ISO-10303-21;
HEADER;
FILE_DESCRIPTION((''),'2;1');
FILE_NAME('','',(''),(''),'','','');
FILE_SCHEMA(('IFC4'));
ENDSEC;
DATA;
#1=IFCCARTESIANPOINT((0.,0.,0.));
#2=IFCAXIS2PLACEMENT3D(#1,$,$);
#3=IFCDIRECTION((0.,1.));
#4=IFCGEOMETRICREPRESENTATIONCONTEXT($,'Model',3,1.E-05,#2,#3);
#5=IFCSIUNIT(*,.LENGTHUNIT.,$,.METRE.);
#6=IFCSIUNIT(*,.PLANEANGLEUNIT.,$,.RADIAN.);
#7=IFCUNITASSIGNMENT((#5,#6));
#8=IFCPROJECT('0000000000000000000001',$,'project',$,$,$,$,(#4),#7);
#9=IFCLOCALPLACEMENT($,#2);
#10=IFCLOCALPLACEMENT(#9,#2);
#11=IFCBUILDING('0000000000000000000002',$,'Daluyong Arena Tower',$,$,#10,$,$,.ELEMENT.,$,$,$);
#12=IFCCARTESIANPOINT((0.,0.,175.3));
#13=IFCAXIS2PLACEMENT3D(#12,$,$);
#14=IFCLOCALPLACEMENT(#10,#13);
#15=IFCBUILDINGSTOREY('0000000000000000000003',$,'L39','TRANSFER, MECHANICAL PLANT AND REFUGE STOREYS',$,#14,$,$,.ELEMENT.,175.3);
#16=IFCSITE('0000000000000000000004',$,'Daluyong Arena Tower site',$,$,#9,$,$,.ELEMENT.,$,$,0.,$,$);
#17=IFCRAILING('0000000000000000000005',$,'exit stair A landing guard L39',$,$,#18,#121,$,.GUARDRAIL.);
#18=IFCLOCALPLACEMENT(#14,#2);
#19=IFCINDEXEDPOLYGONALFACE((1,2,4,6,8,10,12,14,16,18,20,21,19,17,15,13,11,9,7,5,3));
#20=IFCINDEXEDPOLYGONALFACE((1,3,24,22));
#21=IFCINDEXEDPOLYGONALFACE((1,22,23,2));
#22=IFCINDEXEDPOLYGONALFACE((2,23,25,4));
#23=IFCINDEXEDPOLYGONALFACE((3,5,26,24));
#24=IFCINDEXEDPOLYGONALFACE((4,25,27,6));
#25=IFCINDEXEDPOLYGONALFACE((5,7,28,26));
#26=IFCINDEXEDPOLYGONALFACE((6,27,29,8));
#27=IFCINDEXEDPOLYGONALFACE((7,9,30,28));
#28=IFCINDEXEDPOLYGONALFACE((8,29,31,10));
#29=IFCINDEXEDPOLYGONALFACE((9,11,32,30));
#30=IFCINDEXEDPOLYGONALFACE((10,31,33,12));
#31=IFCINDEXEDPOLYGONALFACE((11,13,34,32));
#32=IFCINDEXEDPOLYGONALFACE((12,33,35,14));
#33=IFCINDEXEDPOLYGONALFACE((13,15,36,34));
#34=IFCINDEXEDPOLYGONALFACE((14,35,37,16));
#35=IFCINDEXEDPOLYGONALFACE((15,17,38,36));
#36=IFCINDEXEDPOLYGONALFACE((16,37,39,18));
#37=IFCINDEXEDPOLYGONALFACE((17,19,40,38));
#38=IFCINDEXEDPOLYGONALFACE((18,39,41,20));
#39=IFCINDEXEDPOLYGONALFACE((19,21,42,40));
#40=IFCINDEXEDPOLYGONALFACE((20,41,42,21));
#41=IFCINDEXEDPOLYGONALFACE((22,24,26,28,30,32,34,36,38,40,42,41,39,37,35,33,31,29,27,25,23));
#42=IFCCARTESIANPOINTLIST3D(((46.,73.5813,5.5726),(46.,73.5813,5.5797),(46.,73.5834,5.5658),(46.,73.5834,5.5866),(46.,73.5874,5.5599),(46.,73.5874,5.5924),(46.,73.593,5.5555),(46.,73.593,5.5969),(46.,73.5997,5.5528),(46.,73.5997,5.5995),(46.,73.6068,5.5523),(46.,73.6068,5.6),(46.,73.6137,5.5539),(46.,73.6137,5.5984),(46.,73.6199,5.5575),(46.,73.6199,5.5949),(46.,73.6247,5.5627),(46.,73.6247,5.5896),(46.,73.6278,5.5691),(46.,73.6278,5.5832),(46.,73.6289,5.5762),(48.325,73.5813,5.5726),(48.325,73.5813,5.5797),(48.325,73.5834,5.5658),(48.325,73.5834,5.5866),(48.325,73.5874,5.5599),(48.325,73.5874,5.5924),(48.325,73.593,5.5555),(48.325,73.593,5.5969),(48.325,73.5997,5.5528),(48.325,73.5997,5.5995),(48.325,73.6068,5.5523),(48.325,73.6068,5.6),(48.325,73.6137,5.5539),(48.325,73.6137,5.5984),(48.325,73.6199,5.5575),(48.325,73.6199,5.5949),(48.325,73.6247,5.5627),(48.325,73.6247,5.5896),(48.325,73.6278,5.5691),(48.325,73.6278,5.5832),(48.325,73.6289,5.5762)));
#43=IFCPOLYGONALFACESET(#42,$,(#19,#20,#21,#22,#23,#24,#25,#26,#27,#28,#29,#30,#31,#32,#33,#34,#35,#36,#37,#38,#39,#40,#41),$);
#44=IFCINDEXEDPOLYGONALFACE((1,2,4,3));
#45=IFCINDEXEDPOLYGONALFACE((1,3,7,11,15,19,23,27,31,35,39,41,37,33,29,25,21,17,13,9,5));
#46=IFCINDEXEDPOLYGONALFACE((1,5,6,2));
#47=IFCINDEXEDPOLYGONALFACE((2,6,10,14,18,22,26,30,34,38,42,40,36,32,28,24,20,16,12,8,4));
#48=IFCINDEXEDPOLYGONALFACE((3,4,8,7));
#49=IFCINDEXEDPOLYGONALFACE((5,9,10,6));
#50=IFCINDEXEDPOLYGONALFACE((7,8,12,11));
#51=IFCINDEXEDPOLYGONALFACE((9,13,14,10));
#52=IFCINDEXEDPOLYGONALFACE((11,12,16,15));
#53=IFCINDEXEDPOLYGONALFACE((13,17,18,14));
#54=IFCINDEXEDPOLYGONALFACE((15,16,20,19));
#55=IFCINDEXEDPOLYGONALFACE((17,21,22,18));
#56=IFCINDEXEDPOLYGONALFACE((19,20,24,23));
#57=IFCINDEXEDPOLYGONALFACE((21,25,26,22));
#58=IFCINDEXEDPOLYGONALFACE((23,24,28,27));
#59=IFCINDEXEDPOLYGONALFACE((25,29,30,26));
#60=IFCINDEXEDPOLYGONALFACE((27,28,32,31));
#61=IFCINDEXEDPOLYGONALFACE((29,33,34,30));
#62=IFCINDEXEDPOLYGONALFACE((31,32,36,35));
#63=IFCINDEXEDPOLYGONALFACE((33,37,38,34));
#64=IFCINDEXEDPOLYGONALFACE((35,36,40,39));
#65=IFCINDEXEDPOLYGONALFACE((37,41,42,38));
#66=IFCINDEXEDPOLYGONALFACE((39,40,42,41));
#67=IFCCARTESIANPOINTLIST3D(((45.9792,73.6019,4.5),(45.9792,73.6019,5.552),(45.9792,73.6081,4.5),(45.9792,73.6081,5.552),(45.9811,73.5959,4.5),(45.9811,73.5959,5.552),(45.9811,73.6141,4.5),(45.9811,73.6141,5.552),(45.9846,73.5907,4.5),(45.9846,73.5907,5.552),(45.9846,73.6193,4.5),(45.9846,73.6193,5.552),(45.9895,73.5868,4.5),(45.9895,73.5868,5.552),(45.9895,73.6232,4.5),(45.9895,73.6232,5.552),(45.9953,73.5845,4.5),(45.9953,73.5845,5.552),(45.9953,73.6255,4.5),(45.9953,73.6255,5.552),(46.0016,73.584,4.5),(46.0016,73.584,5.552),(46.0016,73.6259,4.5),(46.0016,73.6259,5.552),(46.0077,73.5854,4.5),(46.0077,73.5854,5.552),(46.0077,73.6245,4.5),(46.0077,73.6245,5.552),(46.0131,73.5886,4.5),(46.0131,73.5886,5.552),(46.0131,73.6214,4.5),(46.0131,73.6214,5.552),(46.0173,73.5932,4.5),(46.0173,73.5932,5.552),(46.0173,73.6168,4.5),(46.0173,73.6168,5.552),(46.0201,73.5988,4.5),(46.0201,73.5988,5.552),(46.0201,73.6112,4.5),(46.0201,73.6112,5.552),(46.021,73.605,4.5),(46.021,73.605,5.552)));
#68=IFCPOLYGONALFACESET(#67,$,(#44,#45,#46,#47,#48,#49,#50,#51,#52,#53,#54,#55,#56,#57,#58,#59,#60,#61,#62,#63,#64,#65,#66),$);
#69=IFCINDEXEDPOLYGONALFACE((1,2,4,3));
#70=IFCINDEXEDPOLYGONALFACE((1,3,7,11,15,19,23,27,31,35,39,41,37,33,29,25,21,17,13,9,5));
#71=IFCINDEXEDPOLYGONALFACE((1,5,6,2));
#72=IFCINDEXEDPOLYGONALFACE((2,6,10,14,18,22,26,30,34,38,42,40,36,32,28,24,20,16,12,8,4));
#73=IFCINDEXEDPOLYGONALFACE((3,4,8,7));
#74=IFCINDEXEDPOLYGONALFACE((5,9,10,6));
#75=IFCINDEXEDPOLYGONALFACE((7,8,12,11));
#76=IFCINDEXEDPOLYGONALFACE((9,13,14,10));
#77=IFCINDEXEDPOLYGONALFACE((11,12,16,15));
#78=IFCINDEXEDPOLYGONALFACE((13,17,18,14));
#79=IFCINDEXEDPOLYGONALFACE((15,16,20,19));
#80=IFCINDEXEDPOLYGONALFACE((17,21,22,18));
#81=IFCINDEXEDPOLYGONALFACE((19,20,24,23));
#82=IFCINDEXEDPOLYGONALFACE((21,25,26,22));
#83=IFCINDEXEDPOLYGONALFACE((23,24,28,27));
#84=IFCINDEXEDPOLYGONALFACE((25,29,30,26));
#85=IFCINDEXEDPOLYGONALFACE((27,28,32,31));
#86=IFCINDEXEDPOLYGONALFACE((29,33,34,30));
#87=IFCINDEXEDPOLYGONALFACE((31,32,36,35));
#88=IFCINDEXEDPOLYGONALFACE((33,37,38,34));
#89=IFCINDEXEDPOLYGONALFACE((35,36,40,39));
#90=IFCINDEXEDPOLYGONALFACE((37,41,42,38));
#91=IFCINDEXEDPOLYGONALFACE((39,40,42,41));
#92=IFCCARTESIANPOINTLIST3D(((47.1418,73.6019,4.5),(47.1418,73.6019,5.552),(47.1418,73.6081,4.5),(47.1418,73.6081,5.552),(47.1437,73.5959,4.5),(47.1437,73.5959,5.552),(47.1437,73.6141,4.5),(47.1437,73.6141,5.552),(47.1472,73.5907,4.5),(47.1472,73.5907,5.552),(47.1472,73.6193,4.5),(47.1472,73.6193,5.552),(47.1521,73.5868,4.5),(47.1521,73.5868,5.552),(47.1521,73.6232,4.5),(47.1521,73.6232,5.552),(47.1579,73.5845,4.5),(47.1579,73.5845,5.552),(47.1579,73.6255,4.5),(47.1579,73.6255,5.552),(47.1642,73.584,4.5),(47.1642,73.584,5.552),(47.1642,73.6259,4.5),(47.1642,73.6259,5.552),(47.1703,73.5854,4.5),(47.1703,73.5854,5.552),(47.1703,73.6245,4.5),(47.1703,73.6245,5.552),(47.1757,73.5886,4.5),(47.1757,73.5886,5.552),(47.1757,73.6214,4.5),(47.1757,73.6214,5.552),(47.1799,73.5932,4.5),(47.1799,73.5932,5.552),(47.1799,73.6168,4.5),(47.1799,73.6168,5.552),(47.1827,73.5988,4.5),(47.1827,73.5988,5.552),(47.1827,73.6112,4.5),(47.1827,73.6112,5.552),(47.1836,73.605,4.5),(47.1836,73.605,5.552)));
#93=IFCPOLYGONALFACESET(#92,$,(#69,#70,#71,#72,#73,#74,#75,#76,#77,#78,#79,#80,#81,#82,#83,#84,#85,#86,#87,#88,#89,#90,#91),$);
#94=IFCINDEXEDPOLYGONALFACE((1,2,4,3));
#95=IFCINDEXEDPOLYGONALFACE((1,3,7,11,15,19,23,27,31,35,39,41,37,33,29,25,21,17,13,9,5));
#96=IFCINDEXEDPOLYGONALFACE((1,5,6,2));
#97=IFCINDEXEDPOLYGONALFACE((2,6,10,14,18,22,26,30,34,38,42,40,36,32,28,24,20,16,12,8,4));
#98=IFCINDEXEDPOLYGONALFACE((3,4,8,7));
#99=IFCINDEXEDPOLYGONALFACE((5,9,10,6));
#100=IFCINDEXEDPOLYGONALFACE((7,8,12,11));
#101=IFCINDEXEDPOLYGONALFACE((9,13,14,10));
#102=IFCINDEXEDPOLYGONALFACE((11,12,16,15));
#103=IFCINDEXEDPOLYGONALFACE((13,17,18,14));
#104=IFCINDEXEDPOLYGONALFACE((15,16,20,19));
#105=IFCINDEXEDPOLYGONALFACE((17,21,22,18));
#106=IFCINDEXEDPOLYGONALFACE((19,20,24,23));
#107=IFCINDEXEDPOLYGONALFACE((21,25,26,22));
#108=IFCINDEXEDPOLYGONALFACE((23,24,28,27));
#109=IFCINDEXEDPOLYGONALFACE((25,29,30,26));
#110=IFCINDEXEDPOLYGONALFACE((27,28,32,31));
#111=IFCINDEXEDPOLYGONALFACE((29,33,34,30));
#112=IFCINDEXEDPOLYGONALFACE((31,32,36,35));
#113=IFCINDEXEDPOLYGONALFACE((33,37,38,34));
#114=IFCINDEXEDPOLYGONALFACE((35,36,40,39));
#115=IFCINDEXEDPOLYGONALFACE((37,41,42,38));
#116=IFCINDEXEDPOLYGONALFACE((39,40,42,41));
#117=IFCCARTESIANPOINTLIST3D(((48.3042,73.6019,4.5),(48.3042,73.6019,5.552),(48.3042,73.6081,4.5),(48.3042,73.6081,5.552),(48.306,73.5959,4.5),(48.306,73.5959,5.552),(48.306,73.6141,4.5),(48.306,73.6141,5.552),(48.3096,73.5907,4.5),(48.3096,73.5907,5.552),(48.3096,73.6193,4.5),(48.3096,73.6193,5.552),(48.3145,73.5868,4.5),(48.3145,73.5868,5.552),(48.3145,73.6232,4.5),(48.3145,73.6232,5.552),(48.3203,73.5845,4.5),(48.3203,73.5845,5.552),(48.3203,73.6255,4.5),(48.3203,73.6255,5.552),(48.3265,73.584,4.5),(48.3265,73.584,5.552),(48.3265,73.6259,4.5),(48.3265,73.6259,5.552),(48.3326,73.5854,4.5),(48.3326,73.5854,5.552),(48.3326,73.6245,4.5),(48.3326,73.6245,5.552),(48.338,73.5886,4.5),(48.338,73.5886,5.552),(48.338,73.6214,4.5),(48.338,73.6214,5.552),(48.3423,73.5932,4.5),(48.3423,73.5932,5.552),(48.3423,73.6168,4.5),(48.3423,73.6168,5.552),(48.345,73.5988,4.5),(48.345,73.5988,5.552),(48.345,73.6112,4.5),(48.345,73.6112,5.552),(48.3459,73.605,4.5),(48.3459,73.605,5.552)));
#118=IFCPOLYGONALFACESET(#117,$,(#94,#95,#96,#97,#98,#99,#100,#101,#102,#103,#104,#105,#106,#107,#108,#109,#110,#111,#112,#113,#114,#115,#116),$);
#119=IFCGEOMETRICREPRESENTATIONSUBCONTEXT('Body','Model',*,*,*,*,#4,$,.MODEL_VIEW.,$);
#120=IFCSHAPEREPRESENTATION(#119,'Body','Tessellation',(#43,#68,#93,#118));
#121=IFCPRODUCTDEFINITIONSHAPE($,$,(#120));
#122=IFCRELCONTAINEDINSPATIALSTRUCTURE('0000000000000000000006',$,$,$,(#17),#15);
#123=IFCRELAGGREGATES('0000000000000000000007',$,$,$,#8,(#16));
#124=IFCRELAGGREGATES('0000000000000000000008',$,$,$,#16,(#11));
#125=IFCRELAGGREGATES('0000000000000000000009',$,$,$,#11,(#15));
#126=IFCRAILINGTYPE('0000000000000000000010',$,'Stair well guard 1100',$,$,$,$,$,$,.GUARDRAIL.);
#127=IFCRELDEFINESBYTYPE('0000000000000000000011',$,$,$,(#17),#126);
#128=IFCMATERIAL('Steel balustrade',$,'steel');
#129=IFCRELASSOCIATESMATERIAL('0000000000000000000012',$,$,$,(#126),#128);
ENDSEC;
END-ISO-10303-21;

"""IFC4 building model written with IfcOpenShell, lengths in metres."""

from ifc_helpers import new_model, si_unit, direction, frame, origin, origin_2d, place, context, subcontext, project, spatial, circle, extrude, material, type_object, element, save


model = new_model("IFC4")

# Units and contexts
model_context = context("Model", 3, precision=1e-05, world=origin(), true_north=direction((0.0, 1.0)))
body_context = subcontext(model_context, "Body", "Model", "MODEL_VIEW")
ifc_project = project(units=[si_unit("LENGTHUNIT", "METRE"), si_unit("PLANEANGLEUNIT", "RADIAN")], contexts=[model_context])

# Site, building, storey
site_placement = place(None, origin())
site = spatial("IfcSite", under=ifc_project, at=site_placement, Name="Daluyong Arena Tower site", CompositionType="ELEMENT", RefElevation=0.0)
building_placement = place(site_placement, origin())
building = spatial("IfcBuilding", under=site, at=building_placement, Name="Daluyong Arena Tower", CompositionType="ELEMENT")
storey_placement = place(building_placement, frame((0.0, 0.0, 175.3)))
storey = spatial("IfcBuildingStorey", under=building, at=storey_placement, Name="L39", Description="TRANSFER, MECHANICAL PLANT AND REFUGE STOREYS", CompositionType="ELEMENT", Elevation=175.3)

# Railing
ifc_material_1 = material(Name="Steel balustrade", Category="steel")
railing_type_1 = type_object("IfcRailingType", Name="Stair well guard 1100", PredefinedType="GUARDRAIL", material=ifc_material_1)
for number, where, name in (
    (1, (46.0, 73.605, 4.5), "exit stair A landing guard L39"),
):
    element("IfcRailing", number, at=place(storey_placement, frame(where)), inside=storey, type_object=railing_type_1, Name=name, PredefinedType="GUARDRAIL", context=body_context, shape_type="SweptSolid", body=[
        extrude(circle(Radius=0.0239, at=origin_2d()), frame((0.0, 0.0, 1.0762), z_axis=(1.0, 0.0, 0.0), x_axis=(0.0, 1.0, 0.0)), (0.0, 0.0, 1.0), 2.325),
        extrude(circle(Radius=0.021, at=origin_2d()), origin(), (0.0, 0.0, 1.0), 1.052),
        extrude(circle(Radius=0.021, at=origin_2d()), frame((1.1626, 0.0, 0.0)), (0.0, 0.0, 1.0), 1.052),
        extrude(circle(Radius=0.021, at=origin_2d()), frame((2.325, 0.0, 0.0)), (0.0, 0.0, 1.0), 1.052),
    ])

save(model, "model.ifc")
